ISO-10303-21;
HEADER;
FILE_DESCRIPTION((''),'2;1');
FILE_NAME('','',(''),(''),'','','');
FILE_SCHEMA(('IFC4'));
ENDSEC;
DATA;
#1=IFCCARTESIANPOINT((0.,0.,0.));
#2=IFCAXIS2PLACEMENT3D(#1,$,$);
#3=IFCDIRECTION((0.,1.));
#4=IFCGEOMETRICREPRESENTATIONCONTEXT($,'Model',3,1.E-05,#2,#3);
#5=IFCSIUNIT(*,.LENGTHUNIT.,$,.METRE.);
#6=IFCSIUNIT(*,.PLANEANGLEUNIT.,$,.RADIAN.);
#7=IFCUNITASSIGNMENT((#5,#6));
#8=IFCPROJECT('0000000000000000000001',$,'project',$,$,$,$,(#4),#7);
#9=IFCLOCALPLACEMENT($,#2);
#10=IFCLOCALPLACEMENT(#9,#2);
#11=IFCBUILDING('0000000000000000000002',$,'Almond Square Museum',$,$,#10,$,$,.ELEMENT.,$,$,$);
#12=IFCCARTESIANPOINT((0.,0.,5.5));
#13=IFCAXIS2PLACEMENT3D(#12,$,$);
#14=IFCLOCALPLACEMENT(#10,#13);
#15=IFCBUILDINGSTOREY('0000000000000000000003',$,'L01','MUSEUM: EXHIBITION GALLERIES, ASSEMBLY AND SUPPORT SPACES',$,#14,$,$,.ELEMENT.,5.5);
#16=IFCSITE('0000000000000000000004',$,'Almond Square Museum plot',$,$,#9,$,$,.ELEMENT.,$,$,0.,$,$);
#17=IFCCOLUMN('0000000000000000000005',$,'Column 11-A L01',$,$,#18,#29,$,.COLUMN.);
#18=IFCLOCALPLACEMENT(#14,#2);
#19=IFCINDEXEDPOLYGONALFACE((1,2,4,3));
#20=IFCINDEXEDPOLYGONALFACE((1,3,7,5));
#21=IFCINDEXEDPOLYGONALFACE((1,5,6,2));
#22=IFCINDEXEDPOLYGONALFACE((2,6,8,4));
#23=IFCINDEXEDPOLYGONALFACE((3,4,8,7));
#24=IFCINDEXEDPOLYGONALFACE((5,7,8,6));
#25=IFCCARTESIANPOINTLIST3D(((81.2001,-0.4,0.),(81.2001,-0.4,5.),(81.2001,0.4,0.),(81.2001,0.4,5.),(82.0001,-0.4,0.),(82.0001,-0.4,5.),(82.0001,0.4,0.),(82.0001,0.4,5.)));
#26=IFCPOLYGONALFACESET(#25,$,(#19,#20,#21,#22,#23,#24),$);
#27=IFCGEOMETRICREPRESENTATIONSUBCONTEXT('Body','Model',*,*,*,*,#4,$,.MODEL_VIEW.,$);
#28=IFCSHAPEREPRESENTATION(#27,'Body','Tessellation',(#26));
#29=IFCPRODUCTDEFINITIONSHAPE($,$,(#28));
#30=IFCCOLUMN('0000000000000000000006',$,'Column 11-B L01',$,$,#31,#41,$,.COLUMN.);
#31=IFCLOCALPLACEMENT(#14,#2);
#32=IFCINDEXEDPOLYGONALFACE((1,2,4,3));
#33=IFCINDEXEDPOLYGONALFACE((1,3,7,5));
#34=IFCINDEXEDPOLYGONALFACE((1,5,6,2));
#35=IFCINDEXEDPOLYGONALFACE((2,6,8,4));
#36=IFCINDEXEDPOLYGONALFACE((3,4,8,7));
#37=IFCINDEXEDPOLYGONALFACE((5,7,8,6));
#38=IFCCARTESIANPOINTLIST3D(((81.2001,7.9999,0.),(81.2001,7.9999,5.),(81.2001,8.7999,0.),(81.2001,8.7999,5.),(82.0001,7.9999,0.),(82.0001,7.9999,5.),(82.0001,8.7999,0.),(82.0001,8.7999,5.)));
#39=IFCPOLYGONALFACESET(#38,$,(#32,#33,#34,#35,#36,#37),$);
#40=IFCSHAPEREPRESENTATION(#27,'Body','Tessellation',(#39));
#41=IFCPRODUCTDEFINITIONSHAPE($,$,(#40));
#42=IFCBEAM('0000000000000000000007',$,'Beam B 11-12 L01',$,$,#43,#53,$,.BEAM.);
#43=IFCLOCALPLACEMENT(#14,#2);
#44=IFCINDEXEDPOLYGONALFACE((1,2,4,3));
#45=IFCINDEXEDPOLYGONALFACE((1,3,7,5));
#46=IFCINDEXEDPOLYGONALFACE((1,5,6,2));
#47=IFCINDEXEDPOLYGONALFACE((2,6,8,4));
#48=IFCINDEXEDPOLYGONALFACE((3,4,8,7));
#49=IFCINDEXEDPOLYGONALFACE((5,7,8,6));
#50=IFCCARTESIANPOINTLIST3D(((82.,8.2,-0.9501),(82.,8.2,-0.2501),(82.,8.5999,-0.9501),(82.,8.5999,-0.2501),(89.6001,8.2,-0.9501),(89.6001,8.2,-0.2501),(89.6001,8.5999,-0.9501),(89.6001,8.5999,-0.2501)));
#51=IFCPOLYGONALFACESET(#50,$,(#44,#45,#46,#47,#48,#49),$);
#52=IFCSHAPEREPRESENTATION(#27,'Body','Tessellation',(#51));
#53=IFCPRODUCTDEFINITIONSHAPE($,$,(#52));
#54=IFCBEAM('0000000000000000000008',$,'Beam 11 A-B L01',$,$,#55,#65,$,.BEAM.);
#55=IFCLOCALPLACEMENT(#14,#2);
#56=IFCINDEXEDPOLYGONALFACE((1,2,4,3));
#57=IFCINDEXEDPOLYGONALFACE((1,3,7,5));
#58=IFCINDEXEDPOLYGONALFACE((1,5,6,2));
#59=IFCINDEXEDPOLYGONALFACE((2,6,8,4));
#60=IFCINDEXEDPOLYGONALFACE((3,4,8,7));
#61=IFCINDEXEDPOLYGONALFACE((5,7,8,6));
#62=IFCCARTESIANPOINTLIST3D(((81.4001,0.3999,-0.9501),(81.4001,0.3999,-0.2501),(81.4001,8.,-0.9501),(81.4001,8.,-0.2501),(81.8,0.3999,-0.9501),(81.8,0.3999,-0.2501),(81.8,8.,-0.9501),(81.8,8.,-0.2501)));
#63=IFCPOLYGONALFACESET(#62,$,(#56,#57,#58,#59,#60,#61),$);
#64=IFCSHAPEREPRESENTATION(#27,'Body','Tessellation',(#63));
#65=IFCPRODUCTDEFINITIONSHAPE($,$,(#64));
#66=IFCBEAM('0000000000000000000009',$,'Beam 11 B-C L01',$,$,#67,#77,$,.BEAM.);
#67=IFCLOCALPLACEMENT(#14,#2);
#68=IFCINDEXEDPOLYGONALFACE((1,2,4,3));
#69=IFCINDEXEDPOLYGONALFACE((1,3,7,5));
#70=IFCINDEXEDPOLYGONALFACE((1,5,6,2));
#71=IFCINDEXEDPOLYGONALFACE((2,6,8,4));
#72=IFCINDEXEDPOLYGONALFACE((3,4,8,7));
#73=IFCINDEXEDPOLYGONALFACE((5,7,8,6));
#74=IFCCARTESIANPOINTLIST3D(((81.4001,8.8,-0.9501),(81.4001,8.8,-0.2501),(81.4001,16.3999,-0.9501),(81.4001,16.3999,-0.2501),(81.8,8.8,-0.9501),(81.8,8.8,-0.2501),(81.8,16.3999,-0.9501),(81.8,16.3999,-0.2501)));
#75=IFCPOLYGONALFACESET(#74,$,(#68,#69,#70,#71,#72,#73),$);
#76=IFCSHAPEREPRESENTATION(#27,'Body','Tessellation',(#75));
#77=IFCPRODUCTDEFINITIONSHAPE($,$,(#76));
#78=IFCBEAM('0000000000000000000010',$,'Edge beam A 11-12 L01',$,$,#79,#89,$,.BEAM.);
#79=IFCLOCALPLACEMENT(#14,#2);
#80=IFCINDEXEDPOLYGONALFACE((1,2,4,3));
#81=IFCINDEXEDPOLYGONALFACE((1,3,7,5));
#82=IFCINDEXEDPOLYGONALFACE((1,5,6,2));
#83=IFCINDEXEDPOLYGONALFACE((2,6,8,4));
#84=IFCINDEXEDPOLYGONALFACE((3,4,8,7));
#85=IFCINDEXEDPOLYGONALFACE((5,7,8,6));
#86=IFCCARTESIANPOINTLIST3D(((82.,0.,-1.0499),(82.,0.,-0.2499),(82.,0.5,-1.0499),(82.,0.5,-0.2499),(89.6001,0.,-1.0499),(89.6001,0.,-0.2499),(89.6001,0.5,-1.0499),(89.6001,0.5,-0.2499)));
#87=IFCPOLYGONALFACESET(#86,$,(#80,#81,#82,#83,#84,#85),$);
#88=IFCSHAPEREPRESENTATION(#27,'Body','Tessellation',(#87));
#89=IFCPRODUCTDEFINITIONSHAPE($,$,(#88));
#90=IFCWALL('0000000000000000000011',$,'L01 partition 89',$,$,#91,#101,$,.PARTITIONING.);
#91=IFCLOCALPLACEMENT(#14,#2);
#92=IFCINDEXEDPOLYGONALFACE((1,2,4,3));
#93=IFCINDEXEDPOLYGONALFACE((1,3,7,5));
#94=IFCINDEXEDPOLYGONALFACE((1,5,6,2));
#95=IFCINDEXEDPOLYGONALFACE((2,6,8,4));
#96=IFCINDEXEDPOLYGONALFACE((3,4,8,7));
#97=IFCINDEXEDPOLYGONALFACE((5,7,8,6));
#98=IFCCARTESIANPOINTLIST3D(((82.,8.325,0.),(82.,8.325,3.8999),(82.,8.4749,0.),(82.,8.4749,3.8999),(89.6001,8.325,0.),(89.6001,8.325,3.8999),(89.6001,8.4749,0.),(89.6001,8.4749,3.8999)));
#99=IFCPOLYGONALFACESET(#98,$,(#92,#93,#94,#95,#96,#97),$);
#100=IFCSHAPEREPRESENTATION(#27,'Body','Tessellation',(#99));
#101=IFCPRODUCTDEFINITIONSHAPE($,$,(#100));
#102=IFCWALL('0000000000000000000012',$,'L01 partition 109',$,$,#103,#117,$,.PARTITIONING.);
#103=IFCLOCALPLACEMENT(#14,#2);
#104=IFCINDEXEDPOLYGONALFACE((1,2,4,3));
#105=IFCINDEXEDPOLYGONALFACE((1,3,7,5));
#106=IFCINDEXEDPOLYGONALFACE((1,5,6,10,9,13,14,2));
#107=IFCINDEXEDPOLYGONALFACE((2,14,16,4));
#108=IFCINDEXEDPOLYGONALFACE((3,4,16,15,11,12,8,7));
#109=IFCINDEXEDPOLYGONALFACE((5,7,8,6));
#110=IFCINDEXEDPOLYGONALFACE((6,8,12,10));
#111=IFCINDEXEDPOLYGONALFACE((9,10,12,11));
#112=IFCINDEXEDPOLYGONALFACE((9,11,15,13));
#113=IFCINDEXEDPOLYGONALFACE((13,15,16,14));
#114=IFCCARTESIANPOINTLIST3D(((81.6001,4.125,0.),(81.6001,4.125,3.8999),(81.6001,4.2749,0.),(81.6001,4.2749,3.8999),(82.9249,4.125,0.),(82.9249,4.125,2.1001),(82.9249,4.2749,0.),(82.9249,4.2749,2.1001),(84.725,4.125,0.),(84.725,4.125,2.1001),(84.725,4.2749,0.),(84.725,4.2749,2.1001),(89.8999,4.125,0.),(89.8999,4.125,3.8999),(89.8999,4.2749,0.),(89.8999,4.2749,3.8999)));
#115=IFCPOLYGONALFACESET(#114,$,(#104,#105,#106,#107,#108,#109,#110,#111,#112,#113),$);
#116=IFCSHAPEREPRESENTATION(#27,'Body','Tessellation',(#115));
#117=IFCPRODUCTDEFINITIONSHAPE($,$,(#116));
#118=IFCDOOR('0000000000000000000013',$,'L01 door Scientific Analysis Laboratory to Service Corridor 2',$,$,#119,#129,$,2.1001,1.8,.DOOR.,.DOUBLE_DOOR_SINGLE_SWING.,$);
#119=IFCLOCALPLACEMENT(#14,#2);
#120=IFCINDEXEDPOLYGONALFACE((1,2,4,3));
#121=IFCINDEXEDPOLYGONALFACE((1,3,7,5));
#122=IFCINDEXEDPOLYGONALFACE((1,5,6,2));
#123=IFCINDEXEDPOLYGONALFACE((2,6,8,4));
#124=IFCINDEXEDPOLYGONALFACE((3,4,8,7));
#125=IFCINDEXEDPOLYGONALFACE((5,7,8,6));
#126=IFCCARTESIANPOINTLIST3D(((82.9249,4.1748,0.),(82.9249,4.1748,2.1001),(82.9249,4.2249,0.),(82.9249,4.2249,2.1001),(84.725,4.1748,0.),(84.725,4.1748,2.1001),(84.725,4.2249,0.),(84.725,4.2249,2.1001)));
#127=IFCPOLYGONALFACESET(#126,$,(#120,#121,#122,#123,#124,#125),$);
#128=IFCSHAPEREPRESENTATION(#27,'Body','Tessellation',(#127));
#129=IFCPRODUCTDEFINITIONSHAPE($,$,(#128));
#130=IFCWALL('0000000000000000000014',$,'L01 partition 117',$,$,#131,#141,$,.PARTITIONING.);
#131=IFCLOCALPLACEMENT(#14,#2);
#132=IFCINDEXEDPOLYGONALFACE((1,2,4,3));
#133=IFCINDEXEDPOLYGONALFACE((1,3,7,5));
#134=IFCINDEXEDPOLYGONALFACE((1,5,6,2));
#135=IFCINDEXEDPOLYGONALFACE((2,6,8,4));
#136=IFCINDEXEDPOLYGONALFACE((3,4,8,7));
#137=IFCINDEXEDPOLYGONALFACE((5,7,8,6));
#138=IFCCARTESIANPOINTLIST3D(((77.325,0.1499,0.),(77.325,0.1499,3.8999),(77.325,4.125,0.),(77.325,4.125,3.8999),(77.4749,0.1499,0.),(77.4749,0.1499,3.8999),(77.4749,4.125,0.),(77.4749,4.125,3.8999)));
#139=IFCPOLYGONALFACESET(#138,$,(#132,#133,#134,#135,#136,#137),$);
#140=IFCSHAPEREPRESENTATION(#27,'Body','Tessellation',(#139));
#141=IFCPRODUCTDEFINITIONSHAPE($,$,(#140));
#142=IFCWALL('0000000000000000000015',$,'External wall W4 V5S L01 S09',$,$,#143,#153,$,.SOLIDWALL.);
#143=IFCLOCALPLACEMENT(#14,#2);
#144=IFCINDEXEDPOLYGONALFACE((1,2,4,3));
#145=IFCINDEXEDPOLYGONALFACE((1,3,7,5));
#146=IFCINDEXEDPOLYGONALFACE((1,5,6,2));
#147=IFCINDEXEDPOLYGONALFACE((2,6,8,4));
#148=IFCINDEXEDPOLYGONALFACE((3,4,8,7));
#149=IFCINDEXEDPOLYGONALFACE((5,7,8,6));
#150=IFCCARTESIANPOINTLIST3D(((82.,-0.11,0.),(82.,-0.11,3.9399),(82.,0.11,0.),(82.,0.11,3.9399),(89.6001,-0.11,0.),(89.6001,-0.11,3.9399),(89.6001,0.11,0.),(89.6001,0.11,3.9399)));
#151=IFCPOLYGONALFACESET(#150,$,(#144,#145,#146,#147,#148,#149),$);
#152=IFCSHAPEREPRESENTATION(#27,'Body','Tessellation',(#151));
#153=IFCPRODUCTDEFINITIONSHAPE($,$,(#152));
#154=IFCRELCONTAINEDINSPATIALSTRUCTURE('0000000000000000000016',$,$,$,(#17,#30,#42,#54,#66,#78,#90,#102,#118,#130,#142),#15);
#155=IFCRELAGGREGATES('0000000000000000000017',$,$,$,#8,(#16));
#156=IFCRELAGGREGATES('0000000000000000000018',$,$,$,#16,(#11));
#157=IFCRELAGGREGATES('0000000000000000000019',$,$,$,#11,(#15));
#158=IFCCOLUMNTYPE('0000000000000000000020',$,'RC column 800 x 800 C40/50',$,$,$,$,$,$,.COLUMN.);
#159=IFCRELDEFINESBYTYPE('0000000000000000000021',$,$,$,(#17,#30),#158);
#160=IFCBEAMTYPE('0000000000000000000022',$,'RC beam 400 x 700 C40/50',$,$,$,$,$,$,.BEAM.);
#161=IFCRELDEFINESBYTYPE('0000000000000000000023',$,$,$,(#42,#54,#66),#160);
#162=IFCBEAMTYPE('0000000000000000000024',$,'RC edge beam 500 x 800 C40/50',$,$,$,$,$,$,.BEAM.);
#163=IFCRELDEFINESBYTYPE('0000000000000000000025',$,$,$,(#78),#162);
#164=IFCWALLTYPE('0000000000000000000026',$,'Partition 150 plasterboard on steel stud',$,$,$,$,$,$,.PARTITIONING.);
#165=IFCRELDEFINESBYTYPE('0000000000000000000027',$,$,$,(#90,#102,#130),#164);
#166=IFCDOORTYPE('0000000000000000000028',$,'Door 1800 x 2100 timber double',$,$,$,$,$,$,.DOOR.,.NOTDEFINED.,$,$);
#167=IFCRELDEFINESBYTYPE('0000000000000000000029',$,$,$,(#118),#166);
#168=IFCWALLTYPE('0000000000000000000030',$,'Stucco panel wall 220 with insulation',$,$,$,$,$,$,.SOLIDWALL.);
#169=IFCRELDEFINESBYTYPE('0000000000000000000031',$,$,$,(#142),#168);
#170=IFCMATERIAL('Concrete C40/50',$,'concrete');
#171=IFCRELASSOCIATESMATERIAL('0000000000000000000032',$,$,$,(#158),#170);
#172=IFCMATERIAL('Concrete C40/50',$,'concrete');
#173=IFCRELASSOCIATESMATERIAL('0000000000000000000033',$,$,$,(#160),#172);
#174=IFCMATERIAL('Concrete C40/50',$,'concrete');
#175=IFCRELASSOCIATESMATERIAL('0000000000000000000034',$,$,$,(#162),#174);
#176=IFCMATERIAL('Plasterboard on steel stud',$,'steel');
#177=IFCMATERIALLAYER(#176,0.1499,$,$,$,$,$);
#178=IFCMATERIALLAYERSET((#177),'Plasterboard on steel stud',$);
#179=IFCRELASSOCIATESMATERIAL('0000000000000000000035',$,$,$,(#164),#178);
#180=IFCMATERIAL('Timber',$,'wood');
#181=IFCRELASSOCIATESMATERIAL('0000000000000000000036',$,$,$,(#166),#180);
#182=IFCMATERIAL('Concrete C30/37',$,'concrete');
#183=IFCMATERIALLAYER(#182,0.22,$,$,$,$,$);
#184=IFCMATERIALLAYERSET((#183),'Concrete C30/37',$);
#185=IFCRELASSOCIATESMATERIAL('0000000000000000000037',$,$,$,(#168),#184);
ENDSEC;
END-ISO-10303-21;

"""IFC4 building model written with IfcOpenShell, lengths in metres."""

from ifc_helpers import new_model, si_unit, direction, frame, frame_2d, origin, origin_2d, place, context, subcontext, project, spatial, rectangle, extrude, material, layer, layer_set, material_profile, profile_set, type_object, element, fill, save


model = new_model("IFC4")

# Units and contexts
model_context = context("Model", 3, precision=1e-05, world=origin(), true_north=direction((0.0, 1.0)))
body_context = subcontext(model_context, "Body", "Model", "MODEL_VIEW")
ifc_project = project(units=[si_unit("LENGTHUNIT", "METRE"), si_unit("PLANEANGLEUNIT", "RADIAN")], contexts=[model_context])

# Site, building, storey
site_placement = place(None, origin())
site = spatial("IfcSite", under=ifc_project, at=site_placement, Name="Almond Square Museum plot", CompositionType="ELEMENT", RefElevation=0.0)
building_placement = place(site_placement, origin())
building = spatial("IfcBuilding", under=site, at=building_placement, Name="Almond Square Museum", CompositionType="ELEMENT")
storey_placement = place(building_placement, frame((0.0, 0.0, 5.5)))
storey = spatial("IfcBuildingStorey", under=building, at=storey_placement, Name="L01", Description="MUSEUM: EXHIBITION GALLERIES, ASSEMBLY AND SUPPORT SPACES", CompositionType="ELEMENT", Elevation=5.5)

# Columns
ifc_material_1 = material(Name="Concrete C40/50", Category="concrete")
ifc_material_profile_1 = material_profile(ifc_material_1, rectangle(XDim=0.8, YDim=0.8, at=origin_2d()))
ifc_profile_set_1 = profile_set([ifc_material_profile_1], Name="Concrete C40/50")
column_type = type_object("IfcColumnType", Name="RC column 800 x 800 C40/50", PredefinedType="COLUMN", material=ifc_profile_set_1)
for number, where, z_axis, x_axis, name in (
    (1, (81.6001, 0.0, 0.0), (0.0, 0.0, 1.0), (1.0, 0.0, 0.0), "Column 11-A L01"),
    (2, (81.6001, 8.3999, 0.0), (0.0, 0.0, 1.0), (1.0, 0.0, 0.0), "Column 11-B L01"),
):
    element("IfcColumn", number, at=place(storey_placement, frame(where, z_axis=z_axis, x_axis=x_axis)), inside=storey, type_object=column_type, Name=name, PredefinedType="COLUMN", context=body_context, shape_type="SweptSolid", body=[
        extrude(rectangle(XDim=0.8, YDim=0.8, at=origin_2d()), origin(), (0.0, 0.0, 1.0), 5.0),
    ])

# Beams
ifc_material_2 = material(Name="Concrete C40/50", Category="concrete")
ifc_material_profile_2 = material_profile(ifc_material_2, rectangle(XDim=0.3999, YDim=0.7, at=origin_2d()))
ifc_profile_set_2 = profile_set([ifc_material_profile_2], Name="Concrete C40/50")
beam_type_1 = type_object("IfcBeamType", Name="RC beam 400 x 700 C40/50", PredefinedType="BEAM", material=ifc_profile_set_2)
for number, where, z_axis, x_axis, name in (
    (3, (82.0, 8.3999, -0.6001), (1.0, 0.0, 0.0), (0.0, 1.0, 0.0), "Beam B 11-12 L01"),
    (4, (81.6001, 0.3999, -0.6001), (0.0, 1.0, 0.0), (-1.0, 0.0, 0.0), "Beam 11 A-B L01"),
):
    element("IfcBeam", number, at=place(storey_placement, frame(where, z_axis=z_axis, x_axis=x_axis)), inside=storey, type_object=beam_type_1, Name=name, PredefinedType="BEAM", context=body_context, shape_type="SweptSolid", body=[
        extrude(rectangle(XDim=0.3999, YDim=0.7, at=origin_2d()), origin(), (0.0, 0.0, 1.0), 7.6001),
    ])
beam_1_placement = place(storey_placement, frame((81.6001, 8.8, -0.6001), z_axis=(0.0, 1.0, 0.0), x_axis=(-1.0, 0.0, 0.0)))
element("IfcBeam", 5, at=beam_1_placement, inside=storey, type_object=beam_type_1, Name="Beam 11 B-C L01", PredefinedType="BEAM", context=body_context, shape_type="SweptSolid", body=[
    extrude(rectangle(XDim=0.3999, YDim=0.7, at=origin_2d()), origin(), (0.0, 0.0, 1.0), 7.5999),
])
ifc_material_3 = material(Name="Concrete C40/50", Category="concrete")
ifc_material_profile_3 = material_profile(ifc_material_3, rectangle(XDim=0.5, YDim=0.8, at=origin_2d()))
ifc_profile_set_3 = profile_set([ifc_material_profile_3], Name="Concrete C40/50")
beam_type_2 = type_object("IfcBeamType", Name="RC edge beam 500 x 800 C40/50", PredefinedType="BEAM", material=ifc_profile_set_3)
beam_2_placement = place(storey_placement, frame((82.0, 0.25, -0.6499), z_axis=(1.0, 0.0, 0.0), x_axis=(0.0, 1.0, 0.0)))
element("IfcBeam", 6, at=beam_2_placement, inside=storey, type_object=beam_type_2, Name="Edge beam A 11-12 L01", PredefinedType="BEAM", context=body_context, shape_type="SweptSolid", body=[
    extrude(rectangle(XDim=0.5, YDim=0.8, at=origin_2d()), origin(), (0.0, 0.0, 1.0), 7.6001),
])

# Wall
ifc_material_4 = material(Name="Plasterboard on steel stud", Category="steel")
ifc_layer_1 = layer(ifc_material_4, 0.1499)
ifc_layer_set_1 = layer_set([ifc_layer_1], Name="Plasterboard on steel stud")
wall_type_1 = type_object("IfcWallType", Name="Partition 150 plasterboard on steel stud", PredefinedType="PARTITIONING", material=ifc_layer_set_1)
wall_1_placement = place(storey_placement, frame((82.0, 8.3999, 0.0), z_axis=(0.0, 0.0, 1.0), x_axis=(1.0, 0.0, 0.0)))
element("IfcWall", 7, at=wall_1_placement, inside=storey, type_object=wall_type_1, Name="L01 partition 89", PredefinedType="PARTITIONING", context=body_context, shape_type="SweptSolid", body=[
    extrude(rectangle(XDim=7.6001, YDim=0.1499, at=frame_2d((3.8, 0.0))), origin(), (0.0, 0.0, 1.0), 3.8999),
])

# Wall, opening, door
wall_2_placement = place(storey_placement, frame((81.6001, 4.2, 0.0), z_axis=(0.0, 0.0, 1.0), x_axis=(1.0, 0.0, 0.0)))
wall_2 = element("IfcWall", 8, at=wall_2_placement, inside=storey, type_object=wall_type_1, Name="L01 partition 109", PredefinedType="PARTITIONING", context=body_context, shape_type="SweptSolid", body=[
    extrude(rectangle(XDim=8.2998, YDim=0.1499, at=frame_2d((4.1499, 0.0))), origin(), (0.0, 0.0, 1.0), 3.8999),
])
opening_placement = place(wall_2_placement, frame((1.325, 0.0, 0.0)))
opening = element("IfcOpeningElement", 9, at=opening_placement, cuts=wall_2, PredefinedType="OPENING", context=body_context, shape_type="SweptSolid", body=[
    extrude(rectangle(XDim=1.8, YDim=2.1001, at=frame_2d((0.8999, 1.05))), frame((0.0, 0.085, 0.0), z_axis=(0.0, -1.0, 0.0), x_axis=(1.0, 0.0, 0.0)), (0.0, 0.0, 1.0), 0.1699),
])
ifc_material_5 = material(Name="Timber", Category="wood")
door_type = type_object("IfcDoorType", Name="Door 1800 x 2100 timber double", OperationType="NOTDEFINED", PredefinedType="DOOR", material=ifc_material_5)
door_placement = place(opening_placement, origin())
door = element("IfcDoor", 10, at=door_placement, inside=storey, type_object=door_type, Name="L01 door Scientific Analysis Laboratory to Service Corridor 2", OperationType="DOUBLE_DOOR_SINGLE_SWING", OverallHeight=2.1001, OverallWidth=1.8, PredefinedType="DOOR", context=body_context, shape_type="SweptSolid", body=[
    extrude(rectangle(XDim=1.8, YDim=2.1001, at=frame_2d((0.8999, 1.05))), frame((0.0, 0.0249, 0.0), z_axis=(0.0, -1.0, 0.0), x_axis=(1.0, 0.0, 0.0)), (0.0, 0.0, 1.0), 0.05),
])
fill(opening, door)

# Walls
wall_3_placement = place(storey_placement, frame((77.3999, 0.1499, 0.0), z_axis=(0.0, 0.0, 1.0), x_axis=(0.0, 1.0, 0.0)))
element("IfcWall", 11, at=wall_3_placement, inside=storey, type_object=wall_type_1, Name="L01 partition 117", PredefinedType="PARTITIONING", context=body_context, shape_type="SweptSolid", body=[
    extrude(rectangle(XDim=3.9751, YDim=0.1499, at=frame_2d((1.9875, 0.0))), origin(), (0.0, 0.0, 1.0), 3.8999),
])
ifc_material_6 = material(Name="Concrete C30/37", Category="concrete")
ifc_layer_2 = layer(ifc_material_6, 0.22)
ifc_layer_set_2 = layer_set([ifc_layer_2], Name="Concrete C30/37")
wall_type_2 = type_object("IfcWallType", Name="Stucco panel wall 220 with insulation", PredefinedType="SOLIDWALL", material=ifc_layer_set_2)
wall_4_placement = place(storey_placement, frame((82.0, 0.0, 0.0), z_axis=(0.0, 0.0, 1.0), x_axis=(1.0, 0.0, 0.0)))
element("IfcWall", 12, at=wall_4_placement, inside=storey, type_object=wall_type_2, Name="External wall W4 V5S L01 S09", PredefinedType="SOLIDWALL", context=body_context, shape_type="SweptSolid", body=[
    extrude(rectangle(XDim=7.6001, YDim=0.22, at=frame_2d((3.8, 0.0))), origin(), (0.0, 0.0, 1.0), 3.9399),
])

save(model, "model.ifc")
